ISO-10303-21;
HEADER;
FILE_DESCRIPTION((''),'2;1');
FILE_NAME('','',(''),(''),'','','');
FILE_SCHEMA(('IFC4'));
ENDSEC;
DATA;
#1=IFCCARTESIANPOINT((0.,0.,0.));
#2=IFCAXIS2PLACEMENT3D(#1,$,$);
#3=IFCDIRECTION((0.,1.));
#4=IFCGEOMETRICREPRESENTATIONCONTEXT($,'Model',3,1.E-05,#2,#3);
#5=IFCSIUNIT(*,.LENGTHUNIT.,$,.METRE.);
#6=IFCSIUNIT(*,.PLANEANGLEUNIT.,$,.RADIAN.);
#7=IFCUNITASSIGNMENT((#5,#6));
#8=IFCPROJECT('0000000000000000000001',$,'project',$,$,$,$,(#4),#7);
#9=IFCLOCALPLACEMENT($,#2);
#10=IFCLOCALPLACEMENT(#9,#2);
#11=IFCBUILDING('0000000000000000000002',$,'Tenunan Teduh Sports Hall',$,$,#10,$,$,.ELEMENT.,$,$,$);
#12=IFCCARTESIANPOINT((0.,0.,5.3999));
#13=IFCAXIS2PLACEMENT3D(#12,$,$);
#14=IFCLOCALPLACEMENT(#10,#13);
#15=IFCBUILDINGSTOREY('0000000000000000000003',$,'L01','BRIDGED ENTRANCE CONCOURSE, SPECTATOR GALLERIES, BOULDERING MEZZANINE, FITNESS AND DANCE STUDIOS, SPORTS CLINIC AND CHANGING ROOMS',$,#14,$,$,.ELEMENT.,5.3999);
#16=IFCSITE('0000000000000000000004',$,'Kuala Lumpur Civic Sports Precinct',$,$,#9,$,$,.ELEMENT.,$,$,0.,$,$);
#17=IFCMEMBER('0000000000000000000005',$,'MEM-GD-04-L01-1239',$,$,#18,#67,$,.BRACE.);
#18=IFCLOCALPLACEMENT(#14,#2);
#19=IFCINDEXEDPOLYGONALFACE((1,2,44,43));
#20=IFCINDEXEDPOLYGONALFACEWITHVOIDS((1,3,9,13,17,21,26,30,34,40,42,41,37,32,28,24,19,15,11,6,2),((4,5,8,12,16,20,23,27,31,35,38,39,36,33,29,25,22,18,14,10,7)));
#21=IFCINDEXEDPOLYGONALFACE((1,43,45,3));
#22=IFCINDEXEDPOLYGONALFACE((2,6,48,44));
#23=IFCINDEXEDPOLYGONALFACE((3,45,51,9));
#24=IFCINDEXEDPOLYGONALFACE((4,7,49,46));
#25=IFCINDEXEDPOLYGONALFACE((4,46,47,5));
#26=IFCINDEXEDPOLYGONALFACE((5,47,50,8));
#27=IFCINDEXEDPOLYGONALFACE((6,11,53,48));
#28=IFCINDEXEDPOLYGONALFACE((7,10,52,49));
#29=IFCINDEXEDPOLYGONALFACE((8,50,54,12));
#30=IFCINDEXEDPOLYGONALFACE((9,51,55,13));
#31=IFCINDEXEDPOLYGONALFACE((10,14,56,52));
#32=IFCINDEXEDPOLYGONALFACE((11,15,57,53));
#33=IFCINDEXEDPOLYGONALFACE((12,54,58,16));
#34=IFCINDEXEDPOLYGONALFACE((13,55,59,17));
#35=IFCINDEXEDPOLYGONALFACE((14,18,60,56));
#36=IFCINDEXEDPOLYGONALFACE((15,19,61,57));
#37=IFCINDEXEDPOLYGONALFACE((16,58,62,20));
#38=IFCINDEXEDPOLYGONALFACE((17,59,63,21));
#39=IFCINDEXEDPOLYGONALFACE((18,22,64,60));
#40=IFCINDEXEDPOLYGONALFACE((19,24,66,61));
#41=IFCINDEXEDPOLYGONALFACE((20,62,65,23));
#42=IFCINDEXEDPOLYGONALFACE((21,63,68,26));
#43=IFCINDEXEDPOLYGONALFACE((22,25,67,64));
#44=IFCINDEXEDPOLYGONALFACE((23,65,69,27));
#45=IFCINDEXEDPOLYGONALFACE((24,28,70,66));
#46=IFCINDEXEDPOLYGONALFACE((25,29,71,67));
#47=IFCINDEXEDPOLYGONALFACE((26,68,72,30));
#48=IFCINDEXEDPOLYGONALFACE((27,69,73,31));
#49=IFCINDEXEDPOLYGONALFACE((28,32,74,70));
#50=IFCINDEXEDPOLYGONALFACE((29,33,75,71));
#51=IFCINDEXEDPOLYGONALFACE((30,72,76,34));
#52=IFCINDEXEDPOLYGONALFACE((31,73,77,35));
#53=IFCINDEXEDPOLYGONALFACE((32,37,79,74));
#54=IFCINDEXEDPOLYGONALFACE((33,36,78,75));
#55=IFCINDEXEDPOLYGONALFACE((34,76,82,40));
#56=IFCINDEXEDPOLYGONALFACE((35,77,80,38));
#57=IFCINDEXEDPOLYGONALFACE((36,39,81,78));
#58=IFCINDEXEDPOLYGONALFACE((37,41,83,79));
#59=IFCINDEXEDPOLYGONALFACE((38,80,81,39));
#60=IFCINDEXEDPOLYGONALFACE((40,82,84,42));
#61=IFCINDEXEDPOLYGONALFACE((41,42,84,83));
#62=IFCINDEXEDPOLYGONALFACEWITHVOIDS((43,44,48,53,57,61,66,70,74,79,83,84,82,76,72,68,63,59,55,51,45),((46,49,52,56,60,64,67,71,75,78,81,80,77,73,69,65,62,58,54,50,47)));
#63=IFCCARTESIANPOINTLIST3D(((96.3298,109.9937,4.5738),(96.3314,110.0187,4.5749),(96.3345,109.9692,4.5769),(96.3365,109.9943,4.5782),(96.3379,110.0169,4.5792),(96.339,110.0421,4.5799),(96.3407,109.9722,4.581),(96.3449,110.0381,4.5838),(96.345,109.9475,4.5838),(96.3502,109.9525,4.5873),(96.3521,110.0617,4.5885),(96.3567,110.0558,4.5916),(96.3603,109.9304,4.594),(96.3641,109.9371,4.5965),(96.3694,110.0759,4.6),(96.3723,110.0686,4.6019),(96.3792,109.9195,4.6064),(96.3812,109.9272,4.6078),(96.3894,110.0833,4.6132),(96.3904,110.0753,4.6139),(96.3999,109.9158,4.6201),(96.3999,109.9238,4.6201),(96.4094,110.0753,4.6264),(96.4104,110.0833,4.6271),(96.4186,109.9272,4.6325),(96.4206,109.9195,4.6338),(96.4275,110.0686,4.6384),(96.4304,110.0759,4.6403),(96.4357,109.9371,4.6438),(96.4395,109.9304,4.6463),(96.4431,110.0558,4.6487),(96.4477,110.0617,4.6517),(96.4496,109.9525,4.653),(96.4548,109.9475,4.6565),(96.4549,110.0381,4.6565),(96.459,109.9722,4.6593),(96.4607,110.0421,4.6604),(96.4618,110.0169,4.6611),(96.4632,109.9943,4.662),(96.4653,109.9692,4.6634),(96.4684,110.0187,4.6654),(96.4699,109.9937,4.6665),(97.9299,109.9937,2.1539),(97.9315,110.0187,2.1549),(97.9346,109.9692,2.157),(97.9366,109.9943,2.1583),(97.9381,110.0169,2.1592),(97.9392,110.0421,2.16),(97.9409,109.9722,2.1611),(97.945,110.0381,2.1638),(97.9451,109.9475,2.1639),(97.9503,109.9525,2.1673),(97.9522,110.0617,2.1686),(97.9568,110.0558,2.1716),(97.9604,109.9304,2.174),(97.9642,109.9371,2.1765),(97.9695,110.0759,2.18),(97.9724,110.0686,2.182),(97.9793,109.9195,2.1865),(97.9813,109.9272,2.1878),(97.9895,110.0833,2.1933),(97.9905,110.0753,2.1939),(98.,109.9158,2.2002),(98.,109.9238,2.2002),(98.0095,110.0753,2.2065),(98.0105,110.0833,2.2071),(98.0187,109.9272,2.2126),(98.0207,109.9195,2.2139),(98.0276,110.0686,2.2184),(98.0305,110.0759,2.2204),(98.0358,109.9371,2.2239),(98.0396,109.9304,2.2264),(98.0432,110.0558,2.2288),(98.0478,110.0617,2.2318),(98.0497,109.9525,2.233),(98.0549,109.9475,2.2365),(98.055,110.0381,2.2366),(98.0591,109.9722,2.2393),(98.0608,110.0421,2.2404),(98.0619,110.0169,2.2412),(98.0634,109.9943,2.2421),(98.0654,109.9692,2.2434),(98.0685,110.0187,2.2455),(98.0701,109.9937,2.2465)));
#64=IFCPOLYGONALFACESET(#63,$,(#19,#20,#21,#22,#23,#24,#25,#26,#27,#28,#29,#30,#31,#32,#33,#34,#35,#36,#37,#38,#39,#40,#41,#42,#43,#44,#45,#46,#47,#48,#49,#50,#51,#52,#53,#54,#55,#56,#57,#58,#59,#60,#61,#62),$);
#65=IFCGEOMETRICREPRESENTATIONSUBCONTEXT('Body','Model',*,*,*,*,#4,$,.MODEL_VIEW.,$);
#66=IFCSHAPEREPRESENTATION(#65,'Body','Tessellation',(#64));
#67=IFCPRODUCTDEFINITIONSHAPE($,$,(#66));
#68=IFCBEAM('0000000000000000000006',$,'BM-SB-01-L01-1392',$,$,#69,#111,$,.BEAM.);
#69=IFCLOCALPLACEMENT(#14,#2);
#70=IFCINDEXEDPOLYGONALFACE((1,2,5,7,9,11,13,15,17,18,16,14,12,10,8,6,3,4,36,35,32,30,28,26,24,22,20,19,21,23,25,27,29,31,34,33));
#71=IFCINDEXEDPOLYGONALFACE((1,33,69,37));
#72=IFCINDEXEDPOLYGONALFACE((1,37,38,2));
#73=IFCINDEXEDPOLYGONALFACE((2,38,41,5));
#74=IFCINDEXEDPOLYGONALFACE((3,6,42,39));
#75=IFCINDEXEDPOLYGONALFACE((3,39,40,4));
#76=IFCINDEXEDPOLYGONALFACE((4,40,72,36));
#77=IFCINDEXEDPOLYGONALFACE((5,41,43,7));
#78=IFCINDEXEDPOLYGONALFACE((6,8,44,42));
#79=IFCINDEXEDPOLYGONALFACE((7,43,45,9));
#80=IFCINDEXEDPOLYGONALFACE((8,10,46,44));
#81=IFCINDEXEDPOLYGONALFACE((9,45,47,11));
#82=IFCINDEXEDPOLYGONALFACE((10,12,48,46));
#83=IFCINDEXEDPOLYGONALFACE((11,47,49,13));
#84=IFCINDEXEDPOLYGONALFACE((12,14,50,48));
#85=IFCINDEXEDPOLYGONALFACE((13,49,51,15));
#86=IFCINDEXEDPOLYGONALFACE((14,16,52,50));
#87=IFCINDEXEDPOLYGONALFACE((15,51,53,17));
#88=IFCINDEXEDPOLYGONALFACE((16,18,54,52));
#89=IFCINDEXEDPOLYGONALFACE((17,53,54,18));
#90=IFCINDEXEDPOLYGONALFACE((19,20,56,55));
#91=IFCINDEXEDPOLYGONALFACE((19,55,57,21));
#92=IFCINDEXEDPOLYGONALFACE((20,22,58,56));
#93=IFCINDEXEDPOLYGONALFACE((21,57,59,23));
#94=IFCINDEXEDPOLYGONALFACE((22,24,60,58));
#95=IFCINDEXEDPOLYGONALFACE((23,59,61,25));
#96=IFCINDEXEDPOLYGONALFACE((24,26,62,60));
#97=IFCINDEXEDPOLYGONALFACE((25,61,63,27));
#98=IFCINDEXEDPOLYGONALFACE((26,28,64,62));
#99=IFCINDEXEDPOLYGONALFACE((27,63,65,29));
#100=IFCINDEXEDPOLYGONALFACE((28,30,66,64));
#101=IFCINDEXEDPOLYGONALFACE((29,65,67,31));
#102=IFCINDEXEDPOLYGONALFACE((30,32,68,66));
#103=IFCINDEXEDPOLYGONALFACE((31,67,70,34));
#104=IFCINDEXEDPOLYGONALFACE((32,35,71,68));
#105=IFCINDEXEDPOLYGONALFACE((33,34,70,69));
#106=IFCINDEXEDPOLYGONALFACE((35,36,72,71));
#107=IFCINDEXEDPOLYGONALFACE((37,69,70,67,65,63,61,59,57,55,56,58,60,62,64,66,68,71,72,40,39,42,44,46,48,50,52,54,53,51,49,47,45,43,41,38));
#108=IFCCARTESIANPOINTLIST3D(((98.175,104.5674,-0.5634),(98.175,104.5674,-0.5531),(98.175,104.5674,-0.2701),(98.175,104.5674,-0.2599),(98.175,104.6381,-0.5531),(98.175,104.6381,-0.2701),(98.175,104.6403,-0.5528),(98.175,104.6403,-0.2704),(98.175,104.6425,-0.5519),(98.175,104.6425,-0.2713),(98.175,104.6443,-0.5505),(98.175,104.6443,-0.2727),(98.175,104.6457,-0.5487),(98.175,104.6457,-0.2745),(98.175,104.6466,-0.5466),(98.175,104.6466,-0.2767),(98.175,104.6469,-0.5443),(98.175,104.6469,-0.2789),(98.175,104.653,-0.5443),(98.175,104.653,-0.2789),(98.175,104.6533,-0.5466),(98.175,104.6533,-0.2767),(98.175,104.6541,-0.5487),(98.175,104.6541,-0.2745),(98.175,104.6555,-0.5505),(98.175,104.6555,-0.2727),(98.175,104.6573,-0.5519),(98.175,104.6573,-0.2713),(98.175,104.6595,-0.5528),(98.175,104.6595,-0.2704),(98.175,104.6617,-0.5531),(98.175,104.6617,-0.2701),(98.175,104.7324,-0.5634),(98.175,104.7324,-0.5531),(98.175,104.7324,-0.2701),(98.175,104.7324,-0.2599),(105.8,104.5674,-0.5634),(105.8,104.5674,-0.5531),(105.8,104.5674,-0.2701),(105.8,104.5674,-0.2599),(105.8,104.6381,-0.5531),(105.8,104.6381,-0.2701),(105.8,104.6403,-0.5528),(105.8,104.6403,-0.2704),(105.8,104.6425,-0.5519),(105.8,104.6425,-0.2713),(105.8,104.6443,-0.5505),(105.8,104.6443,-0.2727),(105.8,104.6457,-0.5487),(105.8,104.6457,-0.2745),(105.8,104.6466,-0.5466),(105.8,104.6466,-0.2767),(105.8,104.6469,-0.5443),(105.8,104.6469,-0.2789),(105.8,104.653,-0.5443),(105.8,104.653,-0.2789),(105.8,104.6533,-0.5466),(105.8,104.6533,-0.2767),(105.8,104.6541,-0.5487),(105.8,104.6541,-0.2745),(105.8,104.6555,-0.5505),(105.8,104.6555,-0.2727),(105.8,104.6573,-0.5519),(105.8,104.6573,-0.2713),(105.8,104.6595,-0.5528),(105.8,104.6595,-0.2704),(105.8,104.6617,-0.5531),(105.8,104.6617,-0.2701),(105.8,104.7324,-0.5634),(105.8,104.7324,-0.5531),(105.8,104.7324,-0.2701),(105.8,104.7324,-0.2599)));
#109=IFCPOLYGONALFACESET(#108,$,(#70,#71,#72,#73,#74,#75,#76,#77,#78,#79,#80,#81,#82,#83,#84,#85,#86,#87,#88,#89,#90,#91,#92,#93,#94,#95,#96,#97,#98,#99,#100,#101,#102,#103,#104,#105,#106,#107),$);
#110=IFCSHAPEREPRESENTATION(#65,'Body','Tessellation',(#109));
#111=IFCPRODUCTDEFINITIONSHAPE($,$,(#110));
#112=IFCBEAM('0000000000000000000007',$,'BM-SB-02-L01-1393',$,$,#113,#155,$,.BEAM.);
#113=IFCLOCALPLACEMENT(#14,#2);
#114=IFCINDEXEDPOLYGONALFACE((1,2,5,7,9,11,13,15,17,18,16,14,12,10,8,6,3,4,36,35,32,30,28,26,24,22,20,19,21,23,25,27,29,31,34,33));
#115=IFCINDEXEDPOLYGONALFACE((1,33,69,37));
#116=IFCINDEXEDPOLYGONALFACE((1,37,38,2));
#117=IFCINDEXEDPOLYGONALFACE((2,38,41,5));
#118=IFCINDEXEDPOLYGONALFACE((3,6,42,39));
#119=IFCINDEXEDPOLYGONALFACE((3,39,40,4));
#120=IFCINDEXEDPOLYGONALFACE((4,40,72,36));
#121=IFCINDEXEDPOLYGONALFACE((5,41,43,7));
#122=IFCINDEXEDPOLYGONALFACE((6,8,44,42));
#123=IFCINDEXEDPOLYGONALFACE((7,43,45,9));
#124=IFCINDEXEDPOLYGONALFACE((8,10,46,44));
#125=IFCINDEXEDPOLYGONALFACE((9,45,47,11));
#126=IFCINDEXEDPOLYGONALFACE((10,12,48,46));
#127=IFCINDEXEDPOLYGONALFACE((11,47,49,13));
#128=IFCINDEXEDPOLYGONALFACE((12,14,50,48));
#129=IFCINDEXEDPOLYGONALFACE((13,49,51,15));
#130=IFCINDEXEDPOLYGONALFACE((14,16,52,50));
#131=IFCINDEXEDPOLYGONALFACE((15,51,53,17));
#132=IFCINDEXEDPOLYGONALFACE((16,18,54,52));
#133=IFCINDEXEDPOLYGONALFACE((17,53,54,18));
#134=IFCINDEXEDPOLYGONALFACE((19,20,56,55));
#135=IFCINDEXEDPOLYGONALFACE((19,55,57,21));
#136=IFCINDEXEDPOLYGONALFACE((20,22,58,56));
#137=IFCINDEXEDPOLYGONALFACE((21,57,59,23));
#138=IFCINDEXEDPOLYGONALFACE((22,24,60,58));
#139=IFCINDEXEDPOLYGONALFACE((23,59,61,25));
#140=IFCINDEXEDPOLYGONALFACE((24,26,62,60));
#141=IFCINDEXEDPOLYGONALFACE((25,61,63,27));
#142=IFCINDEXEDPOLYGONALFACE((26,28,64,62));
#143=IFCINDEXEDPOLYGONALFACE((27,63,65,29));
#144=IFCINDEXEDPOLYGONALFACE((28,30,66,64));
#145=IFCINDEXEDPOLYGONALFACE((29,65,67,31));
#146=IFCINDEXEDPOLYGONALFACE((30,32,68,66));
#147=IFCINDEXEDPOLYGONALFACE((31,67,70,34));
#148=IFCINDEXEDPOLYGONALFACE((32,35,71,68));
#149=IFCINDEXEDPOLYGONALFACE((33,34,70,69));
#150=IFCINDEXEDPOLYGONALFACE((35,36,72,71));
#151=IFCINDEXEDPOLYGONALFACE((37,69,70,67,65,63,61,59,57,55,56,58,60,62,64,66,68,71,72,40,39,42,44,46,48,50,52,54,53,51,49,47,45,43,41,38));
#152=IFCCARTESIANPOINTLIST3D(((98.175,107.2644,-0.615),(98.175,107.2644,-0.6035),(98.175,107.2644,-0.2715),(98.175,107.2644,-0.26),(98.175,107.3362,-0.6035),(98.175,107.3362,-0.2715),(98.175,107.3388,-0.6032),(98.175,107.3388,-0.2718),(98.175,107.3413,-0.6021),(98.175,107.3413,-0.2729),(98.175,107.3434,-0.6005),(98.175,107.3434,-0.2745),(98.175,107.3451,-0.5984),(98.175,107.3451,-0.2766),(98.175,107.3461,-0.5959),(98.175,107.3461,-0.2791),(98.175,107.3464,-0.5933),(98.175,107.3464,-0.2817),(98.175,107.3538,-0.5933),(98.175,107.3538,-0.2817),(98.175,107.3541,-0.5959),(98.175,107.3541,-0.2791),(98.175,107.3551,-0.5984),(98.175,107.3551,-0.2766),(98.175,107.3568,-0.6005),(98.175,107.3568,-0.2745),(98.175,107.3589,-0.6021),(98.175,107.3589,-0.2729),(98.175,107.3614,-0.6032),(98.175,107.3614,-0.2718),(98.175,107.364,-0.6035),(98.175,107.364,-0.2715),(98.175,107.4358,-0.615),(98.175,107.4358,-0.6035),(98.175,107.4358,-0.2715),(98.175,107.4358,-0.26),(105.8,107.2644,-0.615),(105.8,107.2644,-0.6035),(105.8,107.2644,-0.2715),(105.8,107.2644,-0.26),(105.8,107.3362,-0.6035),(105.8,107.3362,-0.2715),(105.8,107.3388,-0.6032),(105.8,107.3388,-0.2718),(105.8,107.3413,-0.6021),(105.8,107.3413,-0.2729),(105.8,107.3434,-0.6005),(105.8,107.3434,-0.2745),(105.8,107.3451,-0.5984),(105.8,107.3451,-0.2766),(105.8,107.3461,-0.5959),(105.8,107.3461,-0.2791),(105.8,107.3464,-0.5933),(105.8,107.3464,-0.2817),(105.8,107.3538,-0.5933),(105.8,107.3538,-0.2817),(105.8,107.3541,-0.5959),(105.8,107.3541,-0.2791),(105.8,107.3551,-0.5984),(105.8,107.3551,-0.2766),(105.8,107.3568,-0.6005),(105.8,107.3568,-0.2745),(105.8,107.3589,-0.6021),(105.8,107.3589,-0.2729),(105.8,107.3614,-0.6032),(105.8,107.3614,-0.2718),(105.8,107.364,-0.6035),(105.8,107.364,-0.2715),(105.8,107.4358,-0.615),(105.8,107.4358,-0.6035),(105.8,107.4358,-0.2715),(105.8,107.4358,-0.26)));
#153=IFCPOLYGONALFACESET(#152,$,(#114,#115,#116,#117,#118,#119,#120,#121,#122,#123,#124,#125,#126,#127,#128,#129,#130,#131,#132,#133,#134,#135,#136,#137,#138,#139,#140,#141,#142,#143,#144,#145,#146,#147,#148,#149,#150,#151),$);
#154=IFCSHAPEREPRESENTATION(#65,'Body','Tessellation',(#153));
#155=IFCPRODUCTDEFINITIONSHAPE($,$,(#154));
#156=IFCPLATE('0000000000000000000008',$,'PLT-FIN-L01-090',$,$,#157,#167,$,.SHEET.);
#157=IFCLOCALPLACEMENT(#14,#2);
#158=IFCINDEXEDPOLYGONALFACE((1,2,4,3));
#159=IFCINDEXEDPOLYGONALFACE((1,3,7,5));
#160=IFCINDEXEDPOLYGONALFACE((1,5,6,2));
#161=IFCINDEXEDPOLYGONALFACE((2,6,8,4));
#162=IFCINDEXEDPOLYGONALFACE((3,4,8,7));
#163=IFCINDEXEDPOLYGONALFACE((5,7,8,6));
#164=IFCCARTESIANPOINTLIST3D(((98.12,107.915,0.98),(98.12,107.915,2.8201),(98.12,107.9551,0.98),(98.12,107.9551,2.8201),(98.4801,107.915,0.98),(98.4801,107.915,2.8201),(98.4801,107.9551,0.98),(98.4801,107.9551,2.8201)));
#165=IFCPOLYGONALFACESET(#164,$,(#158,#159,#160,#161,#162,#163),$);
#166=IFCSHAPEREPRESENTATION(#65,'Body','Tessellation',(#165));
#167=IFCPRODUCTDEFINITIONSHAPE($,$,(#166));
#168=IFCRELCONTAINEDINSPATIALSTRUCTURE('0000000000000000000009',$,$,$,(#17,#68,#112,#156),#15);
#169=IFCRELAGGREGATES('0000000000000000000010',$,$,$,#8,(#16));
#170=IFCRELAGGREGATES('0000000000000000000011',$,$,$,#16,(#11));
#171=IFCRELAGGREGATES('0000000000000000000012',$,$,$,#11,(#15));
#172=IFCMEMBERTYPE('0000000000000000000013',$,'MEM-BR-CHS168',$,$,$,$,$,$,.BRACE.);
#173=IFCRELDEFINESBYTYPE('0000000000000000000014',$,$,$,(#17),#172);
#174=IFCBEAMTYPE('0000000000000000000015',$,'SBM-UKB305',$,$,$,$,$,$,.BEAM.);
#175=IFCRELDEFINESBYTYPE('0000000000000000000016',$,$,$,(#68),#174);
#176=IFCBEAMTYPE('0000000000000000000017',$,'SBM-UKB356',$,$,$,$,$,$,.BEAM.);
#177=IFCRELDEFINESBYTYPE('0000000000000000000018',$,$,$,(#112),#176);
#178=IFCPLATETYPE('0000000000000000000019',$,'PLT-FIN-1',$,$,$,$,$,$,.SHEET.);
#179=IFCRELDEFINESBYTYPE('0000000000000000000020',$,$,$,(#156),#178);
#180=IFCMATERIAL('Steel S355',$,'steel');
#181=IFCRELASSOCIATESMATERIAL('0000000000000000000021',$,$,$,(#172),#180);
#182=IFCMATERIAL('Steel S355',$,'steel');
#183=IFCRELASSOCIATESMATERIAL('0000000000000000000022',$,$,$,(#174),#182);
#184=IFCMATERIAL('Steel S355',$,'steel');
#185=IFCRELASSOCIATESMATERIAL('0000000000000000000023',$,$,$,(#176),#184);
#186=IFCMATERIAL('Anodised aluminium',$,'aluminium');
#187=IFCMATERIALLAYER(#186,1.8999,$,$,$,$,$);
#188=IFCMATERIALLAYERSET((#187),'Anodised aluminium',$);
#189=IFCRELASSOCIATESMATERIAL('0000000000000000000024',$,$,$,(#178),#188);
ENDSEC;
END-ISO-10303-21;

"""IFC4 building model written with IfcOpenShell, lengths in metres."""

from ifc_helpers import new_model, si_unit, direction, frame, origin, origin_2d, place, context, subcontext, project, spatial, rectangle, hollow_circle, i_section, extrude, material, layer, layer_set, material_profile, profile_set, type_object, element, save


model = new_model("IFC4")

# Units and contexts
model_context = context("Model", 3, precision=1e-05, world=origin(), true_north=direction((0.0, 1.0)))
body_context = subcontext(model_context, "Body", "Model", "MODEL_VIEW")
ifc_project = project(units=[si_unit("LENGTHUNIT", "METRE"), si_unit("PLANEANGLEUNIT", "RADIAN")], contexts=[model_context])

# Site, building, storey
site_placement = place(None, origin())
site = spatial("IfcSite", under=ifc_project, at=site_placement, Name="Kuala Lumpur Civic Sports Precinct", CompositionType="ELEMENT", RefElevation=0.0)
building_placement = place(site_placement, origin())
building = spatial("IfcBuilding", under=site, at=building_placement, Name="Tenunan Teduh Sports Hall", CompositionType="ELEMENT")
storey_placement = place(building_placement, frame((0.0, 0.0, 5.3999)))
storey = spatial("IfcBuildingStorey", under=building, at=storey_placement, Name="L01", Description="BRIDGED ENTRANCE CONCOURSE, SPECTATOR GALLERIES, BOULDERING MEZZANINE, FITNESS AND DANCE STUDIOS, SPORTS CLINIC AND CHANGING ROOMS", CompositionType="ELEMENT", Elevation=5.3999)

# Member
ifc_material_1 = material(Name="Steel S355", Category="steel")
ifc_material_profile_1 = material_profile(ifc_material_1, hollow_circle(Radius=0.0842, WallThickness=0.0081, at=origin_2d()), Name="CHS 168.3x8.0")
ifc_profile_set_1 = profile_set([ifc_material_profile_1], Name="Steel S355")
member_type_1 = type_object("IfcMemberType", Name="MEM-BR-CHS168", PredefinedType="BRACE", material=ifc_profile_set_1)
member_1_placement = place(storey_placement, frame((98.0, 110.0, 2.2002), z_axis=(-0.55155, 0.0, 0.834142), x_axis=(0.0, -1.0, 0.0)))
element("IfcMember", 1, at=member_1_placement, inside=storey, type_object=member_type_1, Name="MEM-GD-04-L01-1239", PredefinedType="BRACE", context=body_context, shape_type="SweptSolid", body=[
    extrude(hollow_circle(Radius=0.0842, WallThickness=0.0081, at=origin_2d()), origin(), (0.0, 0.0, 1.0), 2.9011),
])

# Beams
ifc_material_2 = material(Name="Steel S355", Category="steel")
ifc_material_profile_2 = material_profile(ifc_material_2, i_section(OverallWidth=0.165, OverallDepth=0.3035, WebThickness=0.0061, FlangeThickness=0.0103, FilletRadius=0.0088, at=origin_2d()), Name="UKB 305x165x40")
ifc_profile_set_2 = profile_set([ifc_material_profile_2], Name="Steel S355")
beam_type_1 = type_object("IfcBeamType", Name="SBM-UKB305", PredefinedType="BEAM", material=ifc_profile_set_2)
beam_1_placement = place(storey_placement, frame((98.175, 104.6499, -0.4116), z_axis=(1.0, 0.0, 0.0), x_axis=(0.0, 1.0, 0.0)))
element("IfcBeam", 2, at=beam_1_placement, inside=storey, type_object=beam_type_1, Name="BM-SB-01-L01-1392", PredefinedType="BEAM", context=body_context, shape_type="SweptSolid", body=[
    extrude(i_section(OverallWidth=0.165, OverallDepth=0.3035, WebThickness=0.0061, FlangeThickness=0.0103, FilletRadius=0.0088, at=origin_2d()), origin(), (0.0, 0.0, 1.0), 7.625),
])
ifc_material_3 = material(Name="Steel S355", Category="steel")
ifc_material_profile_3 = material_profile(ifc_material_3, i_section(OverallWidth=0.1714, OverallDepth=0.355, WebThickness=0.0073, FlangeThickness=0.0115, FilletRadius=0.0103, at=origin_2d()), Name="UKB 356x171x51")
ifc_profile_set_3 = profile_set([ifc_material_profile_3], Name="Steel S355")
beam_type_2 = type_object("IfcBeamType", Name="SBM-UKB356", PredefinedType="BEAM", material=ifc_profile_set_3)
beam_2_placement = place(storey_placement, frame((98.175, 107.3501, -0.4375), z_axis=(1.0, 0.0, 0.0), x_axis=(0.0, 1.0, 0.0)))
element("IfcBeam", 3, at=beam_2_placement, inside=storey, type_object=beam_type_2, Name="BM-SB-02-L01-1393", PredefinedType="BEAM", context=body_context, shape_type="SweptSolid", body=[
    extrude(i_section(OverallWidth=0.1714, OverallDepth=0.355, WebThickness=0.0073, FlangeThickness=0.0115, FilletRadius=0.0103, at=origin_2d()), origin(), (0.0, 0.0, 1.0), 7.625),
])

# Plate
ifc_material_4 = material(Name="Anodised aluminium", Category="aluminium")
ifc_layer_1 = layer(ifc_material_4, 1.8999)
ifc_layer_set_1 = layer_set([ifc_layer_1], Name="Anodised aluminium")
plate_type = type_object("IfcPlateType", Name="PLT-FIN-1", PredefinedType="SHEET", material=ifc_layer_set_1)
plate_placement = place(storey_placement, frame((98.3, 107.9351, 0.98), z_axis=(0.0, 0.0, 1.0), x_axis=(0.0, 1.0, 0.0)))
element("IfcPlate", 4, at=plate_placement, inside=storey, type_object=plate_type, Name="PLT-FIN-L01-090", PredefinedType="SHEET", context=body_context, shape_type="SweptSolid", body=[
    extrude(rectangle(XDim=0.04, YDim=0.3601, at=origin_2d()), origin(), (0.0, 0.0, 1.0), 1.8401),
])

save(model, "model.ifc")
